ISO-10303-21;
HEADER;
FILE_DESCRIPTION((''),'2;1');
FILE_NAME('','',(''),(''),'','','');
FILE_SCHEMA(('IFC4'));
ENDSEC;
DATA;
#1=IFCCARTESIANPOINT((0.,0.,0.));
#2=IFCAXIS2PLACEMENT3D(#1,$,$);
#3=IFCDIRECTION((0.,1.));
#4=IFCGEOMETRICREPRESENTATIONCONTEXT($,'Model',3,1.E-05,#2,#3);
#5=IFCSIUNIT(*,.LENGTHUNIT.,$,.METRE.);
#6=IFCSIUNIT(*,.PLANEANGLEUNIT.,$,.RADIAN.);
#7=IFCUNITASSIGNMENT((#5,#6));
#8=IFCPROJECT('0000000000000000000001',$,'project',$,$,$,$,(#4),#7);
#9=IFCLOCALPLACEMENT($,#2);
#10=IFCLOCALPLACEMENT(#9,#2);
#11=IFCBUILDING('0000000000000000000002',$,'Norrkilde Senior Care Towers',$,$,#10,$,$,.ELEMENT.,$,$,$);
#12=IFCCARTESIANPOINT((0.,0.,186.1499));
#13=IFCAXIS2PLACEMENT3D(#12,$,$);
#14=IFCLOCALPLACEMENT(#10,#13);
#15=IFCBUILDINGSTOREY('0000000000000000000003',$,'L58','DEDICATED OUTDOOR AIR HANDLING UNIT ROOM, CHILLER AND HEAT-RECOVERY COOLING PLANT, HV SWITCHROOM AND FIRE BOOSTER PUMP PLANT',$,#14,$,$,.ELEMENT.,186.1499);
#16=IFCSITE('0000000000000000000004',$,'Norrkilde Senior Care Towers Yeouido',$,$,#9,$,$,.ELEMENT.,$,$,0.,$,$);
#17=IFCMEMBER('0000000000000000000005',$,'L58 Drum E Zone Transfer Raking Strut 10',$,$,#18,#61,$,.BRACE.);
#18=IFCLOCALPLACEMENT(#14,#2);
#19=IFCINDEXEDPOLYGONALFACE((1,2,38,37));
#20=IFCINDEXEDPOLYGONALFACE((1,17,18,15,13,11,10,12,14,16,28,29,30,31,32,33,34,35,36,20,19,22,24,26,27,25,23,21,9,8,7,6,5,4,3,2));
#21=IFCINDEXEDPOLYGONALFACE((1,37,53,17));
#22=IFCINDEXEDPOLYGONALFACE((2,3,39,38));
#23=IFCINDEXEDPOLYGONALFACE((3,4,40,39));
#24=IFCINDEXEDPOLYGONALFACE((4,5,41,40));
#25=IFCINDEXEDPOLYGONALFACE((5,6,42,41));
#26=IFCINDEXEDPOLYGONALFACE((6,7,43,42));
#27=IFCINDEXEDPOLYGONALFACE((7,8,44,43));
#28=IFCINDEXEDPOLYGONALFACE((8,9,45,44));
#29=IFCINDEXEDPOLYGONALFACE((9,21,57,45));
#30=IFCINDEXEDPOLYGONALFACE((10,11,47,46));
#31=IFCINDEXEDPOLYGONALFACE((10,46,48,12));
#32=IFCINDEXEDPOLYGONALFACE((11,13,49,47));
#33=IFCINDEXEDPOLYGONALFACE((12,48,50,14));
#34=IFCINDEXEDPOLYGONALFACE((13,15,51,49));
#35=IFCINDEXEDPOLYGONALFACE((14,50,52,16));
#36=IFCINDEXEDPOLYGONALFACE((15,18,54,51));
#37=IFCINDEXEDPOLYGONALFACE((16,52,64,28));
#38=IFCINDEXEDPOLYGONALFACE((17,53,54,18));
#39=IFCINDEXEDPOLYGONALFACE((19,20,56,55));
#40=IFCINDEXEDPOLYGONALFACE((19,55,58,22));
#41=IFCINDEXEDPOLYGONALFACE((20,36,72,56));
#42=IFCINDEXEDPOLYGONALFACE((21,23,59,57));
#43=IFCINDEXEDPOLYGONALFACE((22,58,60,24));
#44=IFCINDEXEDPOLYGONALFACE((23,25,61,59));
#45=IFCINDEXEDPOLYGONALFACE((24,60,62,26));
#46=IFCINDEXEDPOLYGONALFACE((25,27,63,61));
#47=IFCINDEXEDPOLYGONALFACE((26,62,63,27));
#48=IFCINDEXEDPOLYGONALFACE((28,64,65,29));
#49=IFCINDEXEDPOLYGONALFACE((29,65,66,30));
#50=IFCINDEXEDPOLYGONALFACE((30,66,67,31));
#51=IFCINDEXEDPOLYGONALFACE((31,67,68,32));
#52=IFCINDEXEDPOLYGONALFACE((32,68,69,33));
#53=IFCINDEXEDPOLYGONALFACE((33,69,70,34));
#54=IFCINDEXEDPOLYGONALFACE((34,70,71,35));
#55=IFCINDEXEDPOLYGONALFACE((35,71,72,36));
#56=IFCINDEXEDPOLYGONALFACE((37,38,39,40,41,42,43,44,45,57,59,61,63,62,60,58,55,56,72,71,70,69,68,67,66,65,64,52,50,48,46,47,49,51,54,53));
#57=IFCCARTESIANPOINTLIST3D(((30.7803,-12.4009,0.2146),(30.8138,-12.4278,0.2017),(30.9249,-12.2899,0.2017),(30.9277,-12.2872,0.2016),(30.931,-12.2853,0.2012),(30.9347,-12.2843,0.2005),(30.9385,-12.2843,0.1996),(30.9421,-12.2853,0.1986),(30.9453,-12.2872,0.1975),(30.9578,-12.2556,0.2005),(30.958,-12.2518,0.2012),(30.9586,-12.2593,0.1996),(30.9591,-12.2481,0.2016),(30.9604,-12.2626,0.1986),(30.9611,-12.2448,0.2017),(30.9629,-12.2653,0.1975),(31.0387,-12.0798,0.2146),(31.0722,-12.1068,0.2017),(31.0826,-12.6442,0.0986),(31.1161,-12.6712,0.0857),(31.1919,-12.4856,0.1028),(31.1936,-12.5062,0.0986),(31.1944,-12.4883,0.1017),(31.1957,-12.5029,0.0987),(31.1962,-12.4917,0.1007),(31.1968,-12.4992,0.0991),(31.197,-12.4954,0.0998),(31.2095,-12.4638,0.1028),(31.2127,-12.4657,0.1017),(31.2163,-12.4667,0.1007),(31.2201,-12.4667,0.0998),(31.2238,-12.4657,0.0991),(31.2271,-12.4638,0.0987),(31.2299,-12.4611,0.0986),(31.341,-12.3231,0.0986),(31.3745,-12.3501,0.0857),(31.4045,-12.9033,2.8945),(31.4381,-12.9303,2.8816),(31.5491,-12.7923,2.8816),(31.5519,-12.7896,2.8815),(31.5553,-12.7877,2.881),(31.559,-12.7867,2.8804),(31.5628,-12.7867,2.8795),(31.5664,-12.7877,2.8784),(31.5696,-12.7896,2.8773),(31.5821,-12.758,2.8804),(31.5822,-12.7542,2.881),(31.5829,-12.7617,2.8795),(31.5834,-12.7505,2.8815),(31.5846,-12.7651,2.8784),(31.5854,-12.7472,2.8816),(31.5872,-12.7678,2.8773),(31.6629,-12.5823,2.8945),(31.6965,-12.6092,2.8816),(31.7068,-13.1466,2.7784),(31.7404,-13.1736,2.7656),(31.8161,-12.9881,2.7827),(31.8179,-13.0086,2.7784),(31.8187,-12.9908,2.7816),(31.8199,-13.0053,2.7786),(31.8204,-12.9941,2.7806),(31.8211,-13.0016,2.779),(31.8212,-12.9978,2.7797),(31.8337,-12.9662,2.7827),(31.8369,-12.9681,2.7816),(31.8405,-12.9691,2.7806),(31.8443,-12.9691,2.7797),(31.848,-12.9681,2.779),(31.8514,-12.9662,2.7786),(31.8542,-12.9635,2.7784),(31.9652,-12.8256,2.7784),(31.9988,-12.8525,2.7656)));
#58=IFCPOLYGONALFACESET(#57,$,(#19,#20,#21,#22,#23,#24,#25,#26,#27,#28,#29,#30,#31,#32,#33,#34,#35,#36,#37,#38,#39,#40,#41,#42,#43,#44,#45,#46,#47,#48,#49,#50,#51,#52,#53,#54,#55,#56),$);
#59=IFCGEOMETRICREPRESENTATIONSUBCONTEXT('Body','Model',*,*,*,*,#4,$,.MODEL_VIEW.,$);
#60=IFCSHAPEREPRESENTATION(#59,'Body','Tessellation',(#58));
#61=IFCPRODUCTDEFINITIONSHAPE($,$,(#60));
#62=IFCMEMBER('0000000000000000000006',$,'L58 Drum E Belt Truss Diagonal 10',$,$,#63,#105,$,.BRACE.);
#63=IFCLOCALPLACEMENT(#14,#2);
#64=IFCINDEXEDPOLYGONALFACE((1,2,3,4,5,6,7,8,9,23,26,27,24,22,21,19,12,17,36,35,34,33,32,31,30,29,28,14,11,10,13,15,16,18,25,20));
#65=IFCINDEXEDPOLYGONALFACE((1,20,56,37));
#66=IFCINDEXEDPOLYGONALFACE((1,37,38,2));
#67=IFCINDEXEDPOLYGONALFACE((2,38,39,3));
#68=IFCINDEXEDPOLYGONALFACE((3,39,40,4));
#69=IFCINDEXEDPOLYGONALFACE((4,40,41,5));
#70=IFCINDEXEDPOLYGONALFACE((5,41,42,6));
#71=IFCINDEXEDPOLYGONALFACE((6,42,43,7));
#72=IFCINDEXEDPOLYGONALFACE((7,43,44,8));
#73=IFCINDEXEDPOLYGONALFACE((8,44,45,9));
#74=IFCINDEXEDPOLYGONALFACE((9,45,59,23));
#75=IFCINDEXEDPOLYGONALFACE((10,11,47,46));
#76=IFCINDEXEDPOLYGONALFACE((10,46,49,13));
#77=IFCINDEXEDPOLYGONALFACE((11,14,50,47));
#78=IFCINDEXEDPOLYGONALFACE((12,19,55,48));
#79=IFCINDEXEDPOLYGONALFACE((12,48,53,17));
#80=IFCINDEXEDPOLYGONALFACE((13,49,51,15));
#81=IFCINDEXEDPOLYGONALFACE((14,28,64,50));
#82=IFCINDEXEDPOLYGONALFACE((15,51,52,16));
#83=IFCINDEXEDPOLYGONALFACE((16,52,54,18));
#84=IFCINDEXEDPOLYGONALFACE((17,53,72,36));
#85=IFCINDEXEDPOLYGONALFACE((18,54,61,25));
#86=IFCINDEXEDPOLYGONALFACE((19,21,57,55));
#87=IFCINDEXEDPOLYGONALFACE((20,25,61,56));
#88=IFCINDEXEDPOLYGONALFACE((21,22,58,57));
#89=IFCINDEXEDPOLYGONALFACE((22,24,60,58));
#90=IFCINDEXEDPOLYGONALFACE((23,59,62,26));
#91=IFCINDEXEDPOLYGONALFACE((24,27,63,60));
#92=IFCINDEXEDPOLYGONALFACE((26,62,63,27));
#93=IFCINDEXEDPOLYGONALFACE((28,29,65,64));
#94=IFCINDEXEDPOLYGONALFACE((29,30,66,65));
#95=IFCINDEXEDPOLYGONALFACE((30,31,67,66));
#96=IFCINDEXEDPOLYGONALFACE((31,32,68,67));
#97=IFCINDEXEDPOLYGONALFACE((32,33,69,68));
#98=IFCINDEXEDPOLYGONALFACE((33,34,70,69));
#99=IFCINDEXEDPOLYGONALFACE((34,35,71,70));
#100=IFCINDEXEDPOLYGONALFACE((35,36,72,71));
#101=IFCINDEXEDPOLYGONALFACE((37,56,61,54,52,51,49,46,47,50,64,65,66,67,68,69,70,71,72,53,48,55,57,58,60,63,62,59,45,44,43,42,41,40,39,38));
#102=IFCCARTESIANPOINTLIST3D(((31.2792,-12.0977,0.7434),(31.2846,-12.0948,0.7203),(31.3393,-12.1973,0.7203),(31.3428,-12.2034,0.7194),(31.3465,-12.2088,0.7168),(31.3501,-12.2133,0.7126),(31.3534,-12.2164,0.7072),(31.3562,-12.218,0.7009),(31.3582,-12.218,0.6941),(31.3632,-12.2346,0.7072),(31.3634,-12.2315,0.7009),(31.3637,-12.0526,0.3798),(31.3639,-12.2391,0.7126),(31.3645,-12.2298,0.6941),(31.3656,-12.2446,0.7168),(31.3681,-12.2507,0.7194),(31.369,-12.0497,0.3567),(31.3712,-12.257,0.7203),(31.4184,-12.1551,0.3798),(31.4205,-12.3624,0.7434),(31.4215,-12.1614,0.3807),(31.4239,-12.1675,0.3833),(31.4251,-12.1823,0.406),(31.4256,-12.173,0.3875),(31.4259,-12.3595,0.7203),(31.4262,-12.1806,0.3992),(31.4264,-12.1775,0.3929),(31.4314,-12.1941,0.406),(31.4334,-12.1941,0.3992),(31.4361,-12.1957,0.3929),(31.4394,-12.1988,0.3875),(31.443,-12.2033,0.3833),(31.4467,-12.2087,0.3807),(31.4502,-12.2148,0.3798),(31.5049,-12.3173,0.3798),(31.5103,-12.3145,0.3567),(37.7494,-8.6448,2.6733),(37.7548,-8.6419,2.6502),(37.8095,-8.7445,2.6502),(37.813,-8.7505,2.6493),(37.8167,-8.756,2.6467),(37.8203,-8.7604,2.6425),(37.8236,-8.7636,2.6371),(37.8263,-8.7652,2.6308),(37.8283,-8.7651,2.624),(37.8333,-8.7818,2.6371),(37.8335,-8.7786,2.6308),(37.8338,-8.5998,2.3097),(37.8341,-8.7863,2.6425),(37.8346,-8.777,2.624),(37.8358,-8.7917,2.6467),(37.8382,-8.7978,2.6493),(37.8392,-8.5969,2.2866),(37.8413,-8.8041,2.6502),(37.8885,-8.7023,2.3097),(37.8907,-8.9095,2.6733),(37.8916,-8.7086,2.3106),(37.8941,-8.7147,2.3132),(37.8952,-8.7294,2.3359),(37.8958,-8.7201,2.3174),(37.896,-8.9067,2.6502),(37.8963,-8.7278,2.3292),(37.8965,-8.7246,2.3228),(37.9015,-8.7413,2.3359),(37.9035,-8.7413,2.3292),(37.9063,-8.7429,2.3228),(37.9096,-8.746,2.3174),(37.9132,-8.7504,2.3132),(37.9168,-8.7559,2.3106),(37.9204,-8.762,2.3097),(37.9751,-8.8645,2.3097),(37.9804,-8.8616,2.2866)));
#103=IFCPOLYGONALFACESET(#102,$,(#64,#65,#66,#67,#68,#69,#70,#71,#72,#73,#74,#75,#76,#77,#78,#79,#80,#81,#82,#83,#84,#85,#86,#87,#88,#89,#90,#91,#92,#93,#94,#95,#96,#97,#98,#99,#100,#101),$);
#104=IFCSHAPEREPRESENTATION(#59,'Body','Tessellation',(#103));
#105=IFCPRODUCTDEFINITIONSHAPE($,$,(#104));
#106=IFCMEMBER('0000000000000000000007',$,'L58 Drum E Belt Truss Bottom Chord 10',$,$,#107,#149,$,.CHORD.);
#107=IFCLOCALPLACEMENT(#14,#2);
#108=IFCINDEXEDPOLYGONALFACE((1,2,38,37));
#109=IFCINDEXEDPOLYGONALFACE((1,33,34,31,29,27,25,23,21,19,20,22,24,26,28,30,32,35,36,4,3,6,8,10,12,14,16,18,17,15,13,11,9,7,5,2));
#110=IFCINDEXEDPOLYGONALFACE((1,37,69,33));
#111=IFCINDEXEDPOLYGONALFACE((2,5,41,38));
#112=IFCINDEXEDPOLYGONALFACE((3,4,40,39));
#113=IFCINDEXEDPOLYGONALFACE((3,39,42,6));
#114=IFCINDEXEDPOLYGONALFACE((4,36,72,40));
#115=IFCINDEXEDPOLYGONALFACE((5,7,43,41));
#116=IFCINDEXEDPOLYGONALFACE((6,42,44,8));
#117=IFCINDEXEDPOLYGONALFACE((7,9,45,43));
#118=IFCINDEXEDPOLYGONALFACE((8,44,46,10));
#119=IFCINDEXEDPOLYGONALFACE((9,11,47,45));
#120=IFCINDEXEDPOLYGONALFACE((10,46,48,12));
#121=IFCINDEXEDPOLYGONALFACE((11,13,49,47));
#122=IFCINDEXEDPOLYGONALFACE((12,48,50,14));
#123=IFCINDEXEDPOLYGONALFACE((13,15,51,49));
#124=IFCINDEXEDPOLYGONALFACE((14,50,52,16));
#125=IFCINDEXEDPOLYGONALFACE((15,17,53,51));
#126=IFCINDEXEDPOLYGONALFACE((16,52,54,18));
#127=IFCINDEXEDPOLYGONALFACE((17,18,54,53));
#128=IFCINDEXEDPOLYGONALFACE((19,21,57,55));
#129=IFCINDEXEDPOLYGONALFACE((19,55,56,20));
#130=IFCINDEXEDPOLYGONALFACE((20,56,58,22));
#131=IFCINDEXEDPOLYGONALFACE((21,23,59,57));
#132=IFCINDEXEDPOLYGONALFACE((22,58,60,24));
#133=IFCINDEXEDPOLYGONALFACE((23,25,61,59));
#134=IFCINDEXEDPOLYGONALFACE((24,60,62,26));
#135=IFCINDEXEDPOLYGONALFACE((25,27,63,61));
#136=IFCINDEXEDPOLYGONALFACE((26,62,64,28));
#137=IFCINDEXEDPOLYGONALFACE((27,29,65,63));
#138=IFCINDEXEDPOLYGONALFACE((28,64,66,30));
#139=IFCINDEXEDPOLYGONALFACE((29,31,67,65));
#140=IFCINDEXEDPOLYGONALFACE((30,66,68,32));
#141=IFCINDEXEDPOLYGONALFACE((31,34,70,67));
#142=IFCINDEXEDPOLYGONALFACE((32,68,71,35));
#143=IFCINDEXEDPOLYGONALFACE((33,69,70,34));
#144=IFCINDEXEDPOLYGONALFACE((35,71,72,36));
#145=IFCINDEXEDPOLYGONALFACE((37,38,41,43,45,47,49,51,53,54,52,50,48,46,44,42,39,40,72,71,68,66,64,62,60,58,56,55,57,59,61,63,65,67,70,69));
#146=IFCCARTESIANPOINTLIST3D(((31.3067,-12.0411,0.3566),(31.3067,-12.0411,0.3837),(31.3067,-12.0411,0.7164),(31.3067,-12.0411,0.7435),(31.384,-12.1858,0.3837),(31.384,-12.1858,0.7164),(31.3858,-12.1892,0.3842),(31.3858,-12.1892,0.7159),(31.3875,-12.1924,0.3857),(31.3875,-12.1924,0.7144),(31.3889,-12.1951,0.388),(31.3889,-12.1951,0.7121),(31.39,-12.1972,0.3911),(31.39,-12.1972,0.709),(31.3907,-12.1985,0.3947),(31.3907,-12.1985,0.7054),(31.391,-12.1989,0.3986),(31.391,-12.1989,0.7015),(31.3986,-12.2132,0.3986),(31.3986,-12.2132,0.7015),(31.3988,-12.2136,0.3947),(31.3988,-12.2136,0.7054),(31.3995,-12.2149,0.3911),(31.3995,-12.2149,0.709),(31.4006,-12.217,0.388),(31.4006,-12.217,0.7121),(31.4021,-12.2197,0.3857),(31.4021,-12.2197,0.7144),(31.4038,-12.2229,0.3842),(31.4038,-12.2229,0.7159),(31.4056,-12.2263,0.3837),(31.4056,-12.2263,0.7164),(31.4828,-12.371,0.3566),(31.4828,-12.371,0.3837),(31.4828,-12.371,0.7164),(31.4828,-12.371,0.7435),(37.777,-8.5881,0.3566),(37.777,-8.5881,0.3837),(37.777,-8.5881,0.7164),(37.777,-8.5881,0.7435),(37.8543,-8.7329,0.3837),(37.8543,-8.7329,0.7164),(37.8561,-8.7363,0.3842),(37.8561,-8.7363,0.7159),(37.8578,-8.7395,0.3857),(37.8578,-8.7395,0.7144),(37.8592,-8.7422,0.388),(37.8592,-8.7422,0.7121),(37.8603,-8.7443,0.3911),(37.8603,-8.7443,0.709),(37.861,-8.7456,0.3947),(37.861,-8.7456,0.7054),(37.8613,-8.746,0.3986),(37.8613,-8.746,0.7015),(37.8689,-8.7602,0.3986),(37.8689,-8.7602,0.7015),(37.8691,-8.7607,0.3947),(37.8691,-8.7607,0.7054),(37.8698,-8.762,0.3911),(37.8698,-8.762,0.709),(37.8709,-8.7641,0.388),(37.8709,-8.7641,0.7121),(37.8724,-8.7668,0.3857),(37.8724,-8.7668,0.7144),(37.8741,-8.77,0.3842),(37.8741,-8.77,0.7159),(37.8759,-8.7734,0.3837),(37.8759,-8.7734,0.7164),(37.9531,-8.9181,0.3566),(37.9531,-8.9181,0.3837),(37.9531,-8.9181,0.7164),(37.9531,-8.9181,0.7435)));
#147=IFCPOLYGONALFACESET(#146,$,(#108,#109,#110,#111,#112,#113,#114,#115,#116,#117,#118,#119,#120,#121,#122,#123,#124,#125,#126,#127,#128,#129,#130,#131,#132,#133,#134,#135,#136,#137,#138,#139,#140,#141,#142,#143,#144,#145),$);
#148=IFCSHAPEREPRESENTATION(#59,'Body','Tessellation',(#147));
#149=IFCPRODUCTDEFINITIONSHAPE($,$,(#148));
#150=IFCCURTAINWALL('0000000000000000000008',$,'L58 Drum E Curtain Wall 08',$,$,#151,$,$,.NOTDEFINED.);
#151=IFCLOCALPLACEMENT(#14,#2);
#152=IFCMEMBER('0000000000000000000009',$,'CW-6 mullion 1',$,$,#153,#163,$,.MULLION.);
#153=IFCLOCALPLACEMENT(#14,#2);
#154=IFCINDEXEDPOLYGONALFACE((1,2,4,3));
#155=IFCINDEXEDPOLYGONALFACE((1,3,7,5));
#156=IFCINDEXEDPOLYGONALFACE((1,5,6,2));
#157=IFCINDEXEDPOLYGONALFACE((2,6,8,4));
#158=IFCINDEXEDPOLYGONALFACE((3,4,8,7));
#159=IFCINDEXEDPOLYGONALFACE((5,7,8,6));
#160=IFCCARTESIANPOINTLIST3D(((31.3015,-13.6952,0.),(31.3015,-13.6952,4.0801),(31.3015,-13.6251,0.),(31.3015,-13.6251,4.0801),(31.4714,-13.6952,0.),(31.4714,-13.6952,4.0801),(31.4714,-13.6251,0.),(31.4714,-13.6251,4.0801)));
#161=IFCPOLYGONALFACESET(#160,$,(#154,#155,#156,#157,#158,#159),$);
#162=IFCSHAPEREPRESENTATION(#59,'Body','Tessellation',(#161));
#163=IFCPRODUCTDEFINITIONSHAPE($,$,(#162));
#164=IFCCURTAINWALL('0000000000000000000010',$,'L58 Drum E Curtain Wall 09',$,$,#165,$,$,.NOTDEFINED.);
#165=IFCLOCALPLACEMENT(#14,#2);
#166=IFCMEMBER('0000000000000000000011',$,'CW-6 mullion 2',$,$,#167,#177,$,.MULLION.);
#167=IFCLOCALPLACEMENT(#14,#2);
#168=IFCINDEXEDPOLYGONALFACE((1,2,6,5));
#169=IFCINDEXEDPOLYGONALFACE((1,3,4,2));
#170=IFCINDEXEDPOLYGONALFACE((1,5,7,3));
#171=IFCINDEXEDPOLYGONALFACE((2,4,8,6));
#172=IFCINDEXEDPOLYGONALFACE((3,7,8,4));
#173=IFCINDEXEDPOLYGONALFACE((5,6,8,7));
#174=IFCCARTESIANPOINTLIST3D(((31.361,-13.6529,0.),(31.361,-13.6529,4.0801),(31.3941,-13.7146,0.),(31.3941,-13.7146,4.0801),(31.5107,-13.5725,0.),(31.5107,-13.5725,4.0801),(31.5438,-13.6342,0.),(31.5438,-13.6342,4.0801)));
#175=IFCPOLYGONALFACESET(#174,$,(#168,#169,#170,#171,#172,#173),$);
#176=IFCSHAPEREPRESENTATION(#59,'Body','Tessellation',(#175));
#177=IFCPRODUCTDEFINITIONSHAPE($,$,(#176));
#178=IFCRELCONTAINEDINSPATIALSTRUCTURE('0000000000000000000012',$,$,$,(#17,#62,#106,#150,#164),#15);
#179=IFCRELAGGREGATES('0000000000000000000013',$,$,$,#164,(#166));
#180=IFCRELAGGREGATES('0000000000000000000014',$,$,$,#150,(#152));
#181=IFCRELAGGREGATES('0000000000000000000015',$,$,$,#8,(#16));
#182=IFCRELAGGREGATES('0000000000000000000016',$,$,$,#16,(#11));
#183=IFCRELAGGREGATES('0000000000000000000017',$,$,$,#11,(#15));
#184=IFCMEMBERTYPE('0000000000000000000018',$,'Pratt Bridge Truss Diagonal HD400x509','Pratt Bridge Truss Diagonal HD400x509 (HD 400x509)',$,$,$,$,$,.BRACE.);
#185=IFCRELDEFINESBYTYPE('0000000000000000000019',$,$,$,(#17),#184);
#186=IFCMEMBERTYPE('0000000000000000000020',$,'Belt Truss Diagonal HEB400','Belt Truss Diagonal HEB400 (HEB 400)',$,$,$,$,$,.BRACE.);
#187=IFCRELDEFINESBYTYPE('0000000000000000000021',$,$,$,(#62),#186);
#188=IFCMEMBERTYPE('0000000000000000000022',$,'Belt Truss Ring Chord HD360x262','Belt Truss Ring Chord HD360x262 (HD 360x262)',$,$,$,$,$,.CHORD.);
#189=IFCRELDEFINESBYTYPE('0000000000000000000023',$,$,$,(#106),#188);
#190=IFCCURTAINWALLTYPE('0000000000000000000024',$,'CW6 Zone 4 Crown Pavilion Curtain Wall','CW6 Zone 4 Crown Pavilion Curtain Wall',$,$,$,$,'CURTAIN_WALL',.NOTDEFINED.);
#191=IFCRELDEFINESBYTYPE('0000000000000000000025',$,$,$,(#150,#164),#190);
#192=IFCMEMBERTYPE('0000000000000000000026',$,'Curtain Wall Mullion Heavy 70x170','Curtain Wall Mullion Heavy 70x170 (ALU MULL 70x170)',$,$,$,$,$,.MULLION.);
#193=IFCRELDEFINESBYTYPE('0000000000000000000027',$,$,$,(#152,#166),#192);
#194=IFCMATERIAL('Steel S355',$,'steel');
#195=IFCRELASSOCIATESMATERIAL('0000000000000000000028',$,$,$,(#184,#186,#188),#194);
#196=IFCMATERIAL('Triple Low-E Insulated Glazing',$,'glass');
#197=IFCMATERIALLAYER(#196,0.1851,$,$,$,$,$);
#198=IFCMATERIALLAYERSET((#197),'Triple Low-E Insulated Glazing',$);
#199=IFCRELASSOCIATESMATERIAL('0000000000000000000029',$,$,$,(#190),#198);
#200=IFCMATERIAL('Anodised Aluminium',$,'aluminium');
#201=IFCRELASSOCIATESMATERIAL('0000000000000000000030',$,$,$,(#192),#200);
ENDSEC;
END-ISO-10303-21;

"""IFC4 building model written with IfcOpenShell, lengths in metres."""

from ifc_helpers import new_model, si_unit, direction, frame, origin, origin_2d, place, context, subcontext, project, spatial, rectangle, i_section, extrude, source, transform, mapped, material, layer, layer_set, material_profile, profile_set, type_object, type_shapes, element, aggregate, save


model = new_model("IFC4")

# Units and contexts
model_context = context("Model", 3, precision=1e-05, world=origin(), true_north=direction((0.0, 1.0)))
body_context = subcontext(model_context, "Body", "Model", "MODEL_VIEW")
ifc_project = project(units=[si_unit("LENGTHUNIT", "METRE"), si_unit("PLANEANGLEUNIT", "RADIAN")], contexts=[model_context])

# Site, building, storey
site_placement = place(None, origin())
site = spatial("IfcSite", under=ifc_project, at=site_placement, Name="Norrkilde Senior Care Towers Yeouido", CompositionType="ELEMENT", RefElevation=0.0)
building_placement = place(site_placement, origin())
building = spatial("IfcBuilding", under=site, at=building_placement, Name="Norrkilde Senior Care Towers", CompositionType="ELEMENT")
storey_placement = place(building_placement, frame((0.0, 0.0, 186.1499)))
storey = spatial("IfcBuildingStorey", under=building, at=storey_placement, Name="L58", Description="DEDICATED OUTDOOR AIR HANDLING UNIT ROOM, CHILLER AND HEAT-RECOVERY COOLING PLANT, HV SWITCHROOM AND FIRE BOOSTER PUMP PLANT", CompositionType="ELEMENT", Elevation=186.1499)

# Members
ifc_material_1 = material(Name="Steel S355", Category="steel")
ifc_material_profile_1 = material_profile(ifc_material_1, i_section(OverallWidth=0.4121, OverallDepth=0.45, WebThickness=0.0281, FlangeThickness=0.0449, FilletRadius=0.0149, at=origin_2d()), Name="HD 400x509")
ifc_profile_set_1 = profile_set([ifc_material_profile_1], Name="Steel S355")
member_type_1 = type_object("IfcMemberType", Name="Pratt Bridge Truss Diagonal HD400x509", Description="Pratt Bridge Truss Diagonal HD400x509 (HD 400x509)", PredefinedType="BRACE", material=ifc_profile_set_1)
shared_shape_1 = source(origin(), body_context, "Body", "SweptSolid", [
    extrude(i_section(OverallWidth=0.4121, OverallDepth=0.45, WebThickness=0.0281, FlangeThickness=0.0449, FilletRadius=0.0149, at=origin_2d()), origin(), (0.0, 0.0, 1.0), 2.7971),
])
type_shapes(member_type_1, [shared_shape_1])
member_1_placement = place(storey_placement, frame((31.0774, -12.3755, 0.1501), z_axis=(0.223178, -0.179625, 0.958085), x_axis=(0.626996, 0.779023, 0.0)))
element("IfcMember", 1, at=member_1_placement, inside=storey, type_object=member_type_1, Name="L58 Drum E Zone Transfer Raking Strut 10", PredefinedType="BRACE", context=body_context, shape_type="MappedRepresentation", body=[
    mapped(shared_shape_1, transform((0.0, 0.0, 0.0), x_axis=(1.0, 0.0, 0.0), y_axis=(0.0, 1.0, 0.0), z_axis=(0.0, 0.0, 1.0), scale=1.0)),
])
ifc_material_profile_2 = material_profile(ifc_material_1, i_section(OverallWidth=0.3, OverallDepth=0.3999, WebThickness=0.0134, FlangeThickness=0.0239, FilletRadius=0.0271, at=origin_2d()), Name="HEB 400")
ifc_profile_set_2 = profile_set([ifc_material_profile_2], Name="Steel S355")
member_type_2 = type_object("IfcMemberType", Name="Belt Truss Diagonal HEB400", Description="Belt Truss Diagonal HEB400 (HEB 400)", PredefinedType="BRACE", material=ifc_profile_set_2)
shared_shape_2 = source(origin(), body_context, "Body", "SweptSolid", [
    extrude(i_section(OverallWidth=0.3, OverallDepth=0.3999, WebThickness=0.0134, FlangeThickness=0.0239, FilletRadius=0.0271, at=origin_2d()), origin(), (0.0, 0.0, 1.0), 7.5835),
])
type_shapes(member_type_2, [shared_shape_2])
member_2_placement = place(storey_placement, frame((31.3948, -12.2061, 0.55), z_axis=(0.853187, 0.45531, 0.254488), x_axis=(-0.470811, 0.882234, 0.0)))
element("IfcMember", 2, at=member_2_placement, inside=storey, type_object=member_type_2, Name="L58 Drum E Belt Truss Diagonal 10", PredefinedType="BRACE", context=body_context, shape_type="MappedRepresentation", body=[
    mapped(shared_shape_2, transform((0.0, 0.0, 0.0), x_axis=(1.0, 0.0, 0.0), y_axis=(0.0, 1.0, 0.0), z_axis=(0.0, 0.0, 1.0), scale=1.0)),
])
ifc_material_profile_3 = material_profile(ifc_material_1, i_section(OverallWidth=0.374, OverallDepth=0.387, WebThickness=0.0161, FlangeThickness=0.0271, FilletRadius=0.0149, at=origin_2d()), Name="HD 360x262")
ifc_profile_set_3 = profile_set([ifc_material_profile_3], Name="Steel S355")
member_type_3 = type_object("IfcMemberType", Name="Belt Truss Ring Chord HD360x262", Description="Belt Truss Ring Chord HD360x262 (HD 360x262)", PredefinedType="CHORD", material=ifc_profile_set_3)
shared_shape_3 = source(origin(), body_context, "Body", "SweptSolid", [
    extrude(i_section(OverallWidth=0.374, OverallDepth=0.387, WebThickness=0.0161, FlangeThickness=0.0271, FilletRadius=0.0149, at=origin_2d()), origin(), (0.0, 0.0, 1.0), 7.334),
])
type_shapes(member_type_3, [shared_shape_3])
member_3_placement = place(storey_placement, frame((31.3948, -12.2061, 0.55), z_axis=(0.882234, 0.470811, 0.0), x_axis=(-0.470811, 0.882234, 0.0)))
element("IfcMember", 3, at=member_3_placement, inside=storey, type_object=member_type_3, Name="L58 Drum E Belt Truss Bottom Chord 10", PredefinedType="CHORD", context=body_context, shape_type="MappedRepresentation", body=[
    mapped(shared_shape_3, transform((0.0, 0.0, 0.0), x_axis=(1.0, 0.0, 0.0), y_axis=(0.0, 1.0, 0.0), z_axis=(0.0, 0.0, 1.0), scale=1.0)),
])

# Curtain walls, members
ifc_material_2 = material(Name="Triple Low-E Insulated Glazing", Category="glass")
ifc_layer_1 = layer(ifc_material_2, 0.1851)
ifc_layer_set_1 = layer_set([ifc_layer_1], Name="Triple Low-E Insulated Glazing")
curtain_wall_type = type_object("IfcCurtainWallType", Name="CW6 Zone 4 Crown Pavilion Curtain Wall", Description="CW6 Zone 4 Crown Pavilion Curtain Wall", ElementType="CURTAIN_WALL", PredefinedType="NOTDEFINED", material=ifc_layer_set_1)
curtain_wall_1_placement = place(storey_placement, origin())
curtain_wall_1 = element("IfcCurtainWall", 4, at=curtain_wall_1_placement, inside=storey, type_object=curtain_wall_type, Name="L58 Drum E Curtain Wall 08", PredefinedType="NOTDEFINED")
ifc_material_3 = material(Name="Anodised Aluminium", Category="aluminium")
ifc_material_profile_4 = material_profile(ifc_material_3, rectangle(XDim=0.0701, YDim=0.1699, at=origin_2d()), Name="ALU MULL 70x170")
ifc_profile_set_4 = profile_set([ifc_material_profile_4], Name="Anodised Aluminium")
member_type_4 = type_object("IfcMemberType", Name="Curtain Wall Mullion Heavy 70x170", Description="Curtain Wall Mullion Heavy 70x170 (ALU MULL 70x170)", PredefinedType="MULLION", material=ifc_profile_set_4)
shared_shape_4 = source(origin(), body_context, "Body", "SweptSolid", [
    extrude(rectangle(XDim=0.0701, YDim=0.1699, at=origin_2d()), origin(), (0.0, 0.0, 1.0), 4.0801),
])
type_shapes(member_type_4, [shared_shape_4])
member_4_placement = place(storey_placement, frame((31.3865, -13.6602, 0.0), z_axis=(0.0, 0.0, 1.0), x_axis=(0.0, -1.0, 0.0)))
member_4 = element("IfcMember", 5, at=member_4_placement, type_object=member_type_4, Name="CW-6 mullion 1", PredefinedType="MULLION", context=body_context, shape_type="MappedRepresentation", body=[
    mapped(shared_shape_4, transform((0.0, 0.0, 0.0), x_axis=(1.0, 0.0, 0.0), y_axis=(0.0, 1.0, 0.0), z_axis=(0.0, 0.0, 1.0), scale=1.0)),
])
curtain_wall_2_placement = place(storey_placement, origin())
curtain_wall_2 = element("IfcCurtainWall", 6, at=curtain_wall_2_placement, inside=storey, type_object=curtain_wall_type, Name="L58 Drum E Curtain Wall 09", PredefinedType="NOTDEFINED")
member_5_placement = place(storey_placement, frame((31.4524, -13.6436, 0.0), z_axis=(0.0, 0.0, 1.0), x_axis=(0.473117, -0.881, 0.0)))
member_5 = element("IfcMember", 7, at=member_5_placement, type_object=member_type_4, Name="CW-6 mullion 2", PredefinedType="MULLION", context=body_context, shape_type="MappedRepresentation", body=[
    mapped(shared_shape_4, transform((0.0, 0.0, 0.0), x_axis=(1.0, 0.0, 0.0), y_axis=(0.0, 1.0, 0.0), z_axis=(0.0, 0.0, 1.0), scale=1.0)),
])

aggregate(curtain_wall_2, [member_5])
aggregate(curtain_wall_1, [member_4])

save(model, "model.ifc")
